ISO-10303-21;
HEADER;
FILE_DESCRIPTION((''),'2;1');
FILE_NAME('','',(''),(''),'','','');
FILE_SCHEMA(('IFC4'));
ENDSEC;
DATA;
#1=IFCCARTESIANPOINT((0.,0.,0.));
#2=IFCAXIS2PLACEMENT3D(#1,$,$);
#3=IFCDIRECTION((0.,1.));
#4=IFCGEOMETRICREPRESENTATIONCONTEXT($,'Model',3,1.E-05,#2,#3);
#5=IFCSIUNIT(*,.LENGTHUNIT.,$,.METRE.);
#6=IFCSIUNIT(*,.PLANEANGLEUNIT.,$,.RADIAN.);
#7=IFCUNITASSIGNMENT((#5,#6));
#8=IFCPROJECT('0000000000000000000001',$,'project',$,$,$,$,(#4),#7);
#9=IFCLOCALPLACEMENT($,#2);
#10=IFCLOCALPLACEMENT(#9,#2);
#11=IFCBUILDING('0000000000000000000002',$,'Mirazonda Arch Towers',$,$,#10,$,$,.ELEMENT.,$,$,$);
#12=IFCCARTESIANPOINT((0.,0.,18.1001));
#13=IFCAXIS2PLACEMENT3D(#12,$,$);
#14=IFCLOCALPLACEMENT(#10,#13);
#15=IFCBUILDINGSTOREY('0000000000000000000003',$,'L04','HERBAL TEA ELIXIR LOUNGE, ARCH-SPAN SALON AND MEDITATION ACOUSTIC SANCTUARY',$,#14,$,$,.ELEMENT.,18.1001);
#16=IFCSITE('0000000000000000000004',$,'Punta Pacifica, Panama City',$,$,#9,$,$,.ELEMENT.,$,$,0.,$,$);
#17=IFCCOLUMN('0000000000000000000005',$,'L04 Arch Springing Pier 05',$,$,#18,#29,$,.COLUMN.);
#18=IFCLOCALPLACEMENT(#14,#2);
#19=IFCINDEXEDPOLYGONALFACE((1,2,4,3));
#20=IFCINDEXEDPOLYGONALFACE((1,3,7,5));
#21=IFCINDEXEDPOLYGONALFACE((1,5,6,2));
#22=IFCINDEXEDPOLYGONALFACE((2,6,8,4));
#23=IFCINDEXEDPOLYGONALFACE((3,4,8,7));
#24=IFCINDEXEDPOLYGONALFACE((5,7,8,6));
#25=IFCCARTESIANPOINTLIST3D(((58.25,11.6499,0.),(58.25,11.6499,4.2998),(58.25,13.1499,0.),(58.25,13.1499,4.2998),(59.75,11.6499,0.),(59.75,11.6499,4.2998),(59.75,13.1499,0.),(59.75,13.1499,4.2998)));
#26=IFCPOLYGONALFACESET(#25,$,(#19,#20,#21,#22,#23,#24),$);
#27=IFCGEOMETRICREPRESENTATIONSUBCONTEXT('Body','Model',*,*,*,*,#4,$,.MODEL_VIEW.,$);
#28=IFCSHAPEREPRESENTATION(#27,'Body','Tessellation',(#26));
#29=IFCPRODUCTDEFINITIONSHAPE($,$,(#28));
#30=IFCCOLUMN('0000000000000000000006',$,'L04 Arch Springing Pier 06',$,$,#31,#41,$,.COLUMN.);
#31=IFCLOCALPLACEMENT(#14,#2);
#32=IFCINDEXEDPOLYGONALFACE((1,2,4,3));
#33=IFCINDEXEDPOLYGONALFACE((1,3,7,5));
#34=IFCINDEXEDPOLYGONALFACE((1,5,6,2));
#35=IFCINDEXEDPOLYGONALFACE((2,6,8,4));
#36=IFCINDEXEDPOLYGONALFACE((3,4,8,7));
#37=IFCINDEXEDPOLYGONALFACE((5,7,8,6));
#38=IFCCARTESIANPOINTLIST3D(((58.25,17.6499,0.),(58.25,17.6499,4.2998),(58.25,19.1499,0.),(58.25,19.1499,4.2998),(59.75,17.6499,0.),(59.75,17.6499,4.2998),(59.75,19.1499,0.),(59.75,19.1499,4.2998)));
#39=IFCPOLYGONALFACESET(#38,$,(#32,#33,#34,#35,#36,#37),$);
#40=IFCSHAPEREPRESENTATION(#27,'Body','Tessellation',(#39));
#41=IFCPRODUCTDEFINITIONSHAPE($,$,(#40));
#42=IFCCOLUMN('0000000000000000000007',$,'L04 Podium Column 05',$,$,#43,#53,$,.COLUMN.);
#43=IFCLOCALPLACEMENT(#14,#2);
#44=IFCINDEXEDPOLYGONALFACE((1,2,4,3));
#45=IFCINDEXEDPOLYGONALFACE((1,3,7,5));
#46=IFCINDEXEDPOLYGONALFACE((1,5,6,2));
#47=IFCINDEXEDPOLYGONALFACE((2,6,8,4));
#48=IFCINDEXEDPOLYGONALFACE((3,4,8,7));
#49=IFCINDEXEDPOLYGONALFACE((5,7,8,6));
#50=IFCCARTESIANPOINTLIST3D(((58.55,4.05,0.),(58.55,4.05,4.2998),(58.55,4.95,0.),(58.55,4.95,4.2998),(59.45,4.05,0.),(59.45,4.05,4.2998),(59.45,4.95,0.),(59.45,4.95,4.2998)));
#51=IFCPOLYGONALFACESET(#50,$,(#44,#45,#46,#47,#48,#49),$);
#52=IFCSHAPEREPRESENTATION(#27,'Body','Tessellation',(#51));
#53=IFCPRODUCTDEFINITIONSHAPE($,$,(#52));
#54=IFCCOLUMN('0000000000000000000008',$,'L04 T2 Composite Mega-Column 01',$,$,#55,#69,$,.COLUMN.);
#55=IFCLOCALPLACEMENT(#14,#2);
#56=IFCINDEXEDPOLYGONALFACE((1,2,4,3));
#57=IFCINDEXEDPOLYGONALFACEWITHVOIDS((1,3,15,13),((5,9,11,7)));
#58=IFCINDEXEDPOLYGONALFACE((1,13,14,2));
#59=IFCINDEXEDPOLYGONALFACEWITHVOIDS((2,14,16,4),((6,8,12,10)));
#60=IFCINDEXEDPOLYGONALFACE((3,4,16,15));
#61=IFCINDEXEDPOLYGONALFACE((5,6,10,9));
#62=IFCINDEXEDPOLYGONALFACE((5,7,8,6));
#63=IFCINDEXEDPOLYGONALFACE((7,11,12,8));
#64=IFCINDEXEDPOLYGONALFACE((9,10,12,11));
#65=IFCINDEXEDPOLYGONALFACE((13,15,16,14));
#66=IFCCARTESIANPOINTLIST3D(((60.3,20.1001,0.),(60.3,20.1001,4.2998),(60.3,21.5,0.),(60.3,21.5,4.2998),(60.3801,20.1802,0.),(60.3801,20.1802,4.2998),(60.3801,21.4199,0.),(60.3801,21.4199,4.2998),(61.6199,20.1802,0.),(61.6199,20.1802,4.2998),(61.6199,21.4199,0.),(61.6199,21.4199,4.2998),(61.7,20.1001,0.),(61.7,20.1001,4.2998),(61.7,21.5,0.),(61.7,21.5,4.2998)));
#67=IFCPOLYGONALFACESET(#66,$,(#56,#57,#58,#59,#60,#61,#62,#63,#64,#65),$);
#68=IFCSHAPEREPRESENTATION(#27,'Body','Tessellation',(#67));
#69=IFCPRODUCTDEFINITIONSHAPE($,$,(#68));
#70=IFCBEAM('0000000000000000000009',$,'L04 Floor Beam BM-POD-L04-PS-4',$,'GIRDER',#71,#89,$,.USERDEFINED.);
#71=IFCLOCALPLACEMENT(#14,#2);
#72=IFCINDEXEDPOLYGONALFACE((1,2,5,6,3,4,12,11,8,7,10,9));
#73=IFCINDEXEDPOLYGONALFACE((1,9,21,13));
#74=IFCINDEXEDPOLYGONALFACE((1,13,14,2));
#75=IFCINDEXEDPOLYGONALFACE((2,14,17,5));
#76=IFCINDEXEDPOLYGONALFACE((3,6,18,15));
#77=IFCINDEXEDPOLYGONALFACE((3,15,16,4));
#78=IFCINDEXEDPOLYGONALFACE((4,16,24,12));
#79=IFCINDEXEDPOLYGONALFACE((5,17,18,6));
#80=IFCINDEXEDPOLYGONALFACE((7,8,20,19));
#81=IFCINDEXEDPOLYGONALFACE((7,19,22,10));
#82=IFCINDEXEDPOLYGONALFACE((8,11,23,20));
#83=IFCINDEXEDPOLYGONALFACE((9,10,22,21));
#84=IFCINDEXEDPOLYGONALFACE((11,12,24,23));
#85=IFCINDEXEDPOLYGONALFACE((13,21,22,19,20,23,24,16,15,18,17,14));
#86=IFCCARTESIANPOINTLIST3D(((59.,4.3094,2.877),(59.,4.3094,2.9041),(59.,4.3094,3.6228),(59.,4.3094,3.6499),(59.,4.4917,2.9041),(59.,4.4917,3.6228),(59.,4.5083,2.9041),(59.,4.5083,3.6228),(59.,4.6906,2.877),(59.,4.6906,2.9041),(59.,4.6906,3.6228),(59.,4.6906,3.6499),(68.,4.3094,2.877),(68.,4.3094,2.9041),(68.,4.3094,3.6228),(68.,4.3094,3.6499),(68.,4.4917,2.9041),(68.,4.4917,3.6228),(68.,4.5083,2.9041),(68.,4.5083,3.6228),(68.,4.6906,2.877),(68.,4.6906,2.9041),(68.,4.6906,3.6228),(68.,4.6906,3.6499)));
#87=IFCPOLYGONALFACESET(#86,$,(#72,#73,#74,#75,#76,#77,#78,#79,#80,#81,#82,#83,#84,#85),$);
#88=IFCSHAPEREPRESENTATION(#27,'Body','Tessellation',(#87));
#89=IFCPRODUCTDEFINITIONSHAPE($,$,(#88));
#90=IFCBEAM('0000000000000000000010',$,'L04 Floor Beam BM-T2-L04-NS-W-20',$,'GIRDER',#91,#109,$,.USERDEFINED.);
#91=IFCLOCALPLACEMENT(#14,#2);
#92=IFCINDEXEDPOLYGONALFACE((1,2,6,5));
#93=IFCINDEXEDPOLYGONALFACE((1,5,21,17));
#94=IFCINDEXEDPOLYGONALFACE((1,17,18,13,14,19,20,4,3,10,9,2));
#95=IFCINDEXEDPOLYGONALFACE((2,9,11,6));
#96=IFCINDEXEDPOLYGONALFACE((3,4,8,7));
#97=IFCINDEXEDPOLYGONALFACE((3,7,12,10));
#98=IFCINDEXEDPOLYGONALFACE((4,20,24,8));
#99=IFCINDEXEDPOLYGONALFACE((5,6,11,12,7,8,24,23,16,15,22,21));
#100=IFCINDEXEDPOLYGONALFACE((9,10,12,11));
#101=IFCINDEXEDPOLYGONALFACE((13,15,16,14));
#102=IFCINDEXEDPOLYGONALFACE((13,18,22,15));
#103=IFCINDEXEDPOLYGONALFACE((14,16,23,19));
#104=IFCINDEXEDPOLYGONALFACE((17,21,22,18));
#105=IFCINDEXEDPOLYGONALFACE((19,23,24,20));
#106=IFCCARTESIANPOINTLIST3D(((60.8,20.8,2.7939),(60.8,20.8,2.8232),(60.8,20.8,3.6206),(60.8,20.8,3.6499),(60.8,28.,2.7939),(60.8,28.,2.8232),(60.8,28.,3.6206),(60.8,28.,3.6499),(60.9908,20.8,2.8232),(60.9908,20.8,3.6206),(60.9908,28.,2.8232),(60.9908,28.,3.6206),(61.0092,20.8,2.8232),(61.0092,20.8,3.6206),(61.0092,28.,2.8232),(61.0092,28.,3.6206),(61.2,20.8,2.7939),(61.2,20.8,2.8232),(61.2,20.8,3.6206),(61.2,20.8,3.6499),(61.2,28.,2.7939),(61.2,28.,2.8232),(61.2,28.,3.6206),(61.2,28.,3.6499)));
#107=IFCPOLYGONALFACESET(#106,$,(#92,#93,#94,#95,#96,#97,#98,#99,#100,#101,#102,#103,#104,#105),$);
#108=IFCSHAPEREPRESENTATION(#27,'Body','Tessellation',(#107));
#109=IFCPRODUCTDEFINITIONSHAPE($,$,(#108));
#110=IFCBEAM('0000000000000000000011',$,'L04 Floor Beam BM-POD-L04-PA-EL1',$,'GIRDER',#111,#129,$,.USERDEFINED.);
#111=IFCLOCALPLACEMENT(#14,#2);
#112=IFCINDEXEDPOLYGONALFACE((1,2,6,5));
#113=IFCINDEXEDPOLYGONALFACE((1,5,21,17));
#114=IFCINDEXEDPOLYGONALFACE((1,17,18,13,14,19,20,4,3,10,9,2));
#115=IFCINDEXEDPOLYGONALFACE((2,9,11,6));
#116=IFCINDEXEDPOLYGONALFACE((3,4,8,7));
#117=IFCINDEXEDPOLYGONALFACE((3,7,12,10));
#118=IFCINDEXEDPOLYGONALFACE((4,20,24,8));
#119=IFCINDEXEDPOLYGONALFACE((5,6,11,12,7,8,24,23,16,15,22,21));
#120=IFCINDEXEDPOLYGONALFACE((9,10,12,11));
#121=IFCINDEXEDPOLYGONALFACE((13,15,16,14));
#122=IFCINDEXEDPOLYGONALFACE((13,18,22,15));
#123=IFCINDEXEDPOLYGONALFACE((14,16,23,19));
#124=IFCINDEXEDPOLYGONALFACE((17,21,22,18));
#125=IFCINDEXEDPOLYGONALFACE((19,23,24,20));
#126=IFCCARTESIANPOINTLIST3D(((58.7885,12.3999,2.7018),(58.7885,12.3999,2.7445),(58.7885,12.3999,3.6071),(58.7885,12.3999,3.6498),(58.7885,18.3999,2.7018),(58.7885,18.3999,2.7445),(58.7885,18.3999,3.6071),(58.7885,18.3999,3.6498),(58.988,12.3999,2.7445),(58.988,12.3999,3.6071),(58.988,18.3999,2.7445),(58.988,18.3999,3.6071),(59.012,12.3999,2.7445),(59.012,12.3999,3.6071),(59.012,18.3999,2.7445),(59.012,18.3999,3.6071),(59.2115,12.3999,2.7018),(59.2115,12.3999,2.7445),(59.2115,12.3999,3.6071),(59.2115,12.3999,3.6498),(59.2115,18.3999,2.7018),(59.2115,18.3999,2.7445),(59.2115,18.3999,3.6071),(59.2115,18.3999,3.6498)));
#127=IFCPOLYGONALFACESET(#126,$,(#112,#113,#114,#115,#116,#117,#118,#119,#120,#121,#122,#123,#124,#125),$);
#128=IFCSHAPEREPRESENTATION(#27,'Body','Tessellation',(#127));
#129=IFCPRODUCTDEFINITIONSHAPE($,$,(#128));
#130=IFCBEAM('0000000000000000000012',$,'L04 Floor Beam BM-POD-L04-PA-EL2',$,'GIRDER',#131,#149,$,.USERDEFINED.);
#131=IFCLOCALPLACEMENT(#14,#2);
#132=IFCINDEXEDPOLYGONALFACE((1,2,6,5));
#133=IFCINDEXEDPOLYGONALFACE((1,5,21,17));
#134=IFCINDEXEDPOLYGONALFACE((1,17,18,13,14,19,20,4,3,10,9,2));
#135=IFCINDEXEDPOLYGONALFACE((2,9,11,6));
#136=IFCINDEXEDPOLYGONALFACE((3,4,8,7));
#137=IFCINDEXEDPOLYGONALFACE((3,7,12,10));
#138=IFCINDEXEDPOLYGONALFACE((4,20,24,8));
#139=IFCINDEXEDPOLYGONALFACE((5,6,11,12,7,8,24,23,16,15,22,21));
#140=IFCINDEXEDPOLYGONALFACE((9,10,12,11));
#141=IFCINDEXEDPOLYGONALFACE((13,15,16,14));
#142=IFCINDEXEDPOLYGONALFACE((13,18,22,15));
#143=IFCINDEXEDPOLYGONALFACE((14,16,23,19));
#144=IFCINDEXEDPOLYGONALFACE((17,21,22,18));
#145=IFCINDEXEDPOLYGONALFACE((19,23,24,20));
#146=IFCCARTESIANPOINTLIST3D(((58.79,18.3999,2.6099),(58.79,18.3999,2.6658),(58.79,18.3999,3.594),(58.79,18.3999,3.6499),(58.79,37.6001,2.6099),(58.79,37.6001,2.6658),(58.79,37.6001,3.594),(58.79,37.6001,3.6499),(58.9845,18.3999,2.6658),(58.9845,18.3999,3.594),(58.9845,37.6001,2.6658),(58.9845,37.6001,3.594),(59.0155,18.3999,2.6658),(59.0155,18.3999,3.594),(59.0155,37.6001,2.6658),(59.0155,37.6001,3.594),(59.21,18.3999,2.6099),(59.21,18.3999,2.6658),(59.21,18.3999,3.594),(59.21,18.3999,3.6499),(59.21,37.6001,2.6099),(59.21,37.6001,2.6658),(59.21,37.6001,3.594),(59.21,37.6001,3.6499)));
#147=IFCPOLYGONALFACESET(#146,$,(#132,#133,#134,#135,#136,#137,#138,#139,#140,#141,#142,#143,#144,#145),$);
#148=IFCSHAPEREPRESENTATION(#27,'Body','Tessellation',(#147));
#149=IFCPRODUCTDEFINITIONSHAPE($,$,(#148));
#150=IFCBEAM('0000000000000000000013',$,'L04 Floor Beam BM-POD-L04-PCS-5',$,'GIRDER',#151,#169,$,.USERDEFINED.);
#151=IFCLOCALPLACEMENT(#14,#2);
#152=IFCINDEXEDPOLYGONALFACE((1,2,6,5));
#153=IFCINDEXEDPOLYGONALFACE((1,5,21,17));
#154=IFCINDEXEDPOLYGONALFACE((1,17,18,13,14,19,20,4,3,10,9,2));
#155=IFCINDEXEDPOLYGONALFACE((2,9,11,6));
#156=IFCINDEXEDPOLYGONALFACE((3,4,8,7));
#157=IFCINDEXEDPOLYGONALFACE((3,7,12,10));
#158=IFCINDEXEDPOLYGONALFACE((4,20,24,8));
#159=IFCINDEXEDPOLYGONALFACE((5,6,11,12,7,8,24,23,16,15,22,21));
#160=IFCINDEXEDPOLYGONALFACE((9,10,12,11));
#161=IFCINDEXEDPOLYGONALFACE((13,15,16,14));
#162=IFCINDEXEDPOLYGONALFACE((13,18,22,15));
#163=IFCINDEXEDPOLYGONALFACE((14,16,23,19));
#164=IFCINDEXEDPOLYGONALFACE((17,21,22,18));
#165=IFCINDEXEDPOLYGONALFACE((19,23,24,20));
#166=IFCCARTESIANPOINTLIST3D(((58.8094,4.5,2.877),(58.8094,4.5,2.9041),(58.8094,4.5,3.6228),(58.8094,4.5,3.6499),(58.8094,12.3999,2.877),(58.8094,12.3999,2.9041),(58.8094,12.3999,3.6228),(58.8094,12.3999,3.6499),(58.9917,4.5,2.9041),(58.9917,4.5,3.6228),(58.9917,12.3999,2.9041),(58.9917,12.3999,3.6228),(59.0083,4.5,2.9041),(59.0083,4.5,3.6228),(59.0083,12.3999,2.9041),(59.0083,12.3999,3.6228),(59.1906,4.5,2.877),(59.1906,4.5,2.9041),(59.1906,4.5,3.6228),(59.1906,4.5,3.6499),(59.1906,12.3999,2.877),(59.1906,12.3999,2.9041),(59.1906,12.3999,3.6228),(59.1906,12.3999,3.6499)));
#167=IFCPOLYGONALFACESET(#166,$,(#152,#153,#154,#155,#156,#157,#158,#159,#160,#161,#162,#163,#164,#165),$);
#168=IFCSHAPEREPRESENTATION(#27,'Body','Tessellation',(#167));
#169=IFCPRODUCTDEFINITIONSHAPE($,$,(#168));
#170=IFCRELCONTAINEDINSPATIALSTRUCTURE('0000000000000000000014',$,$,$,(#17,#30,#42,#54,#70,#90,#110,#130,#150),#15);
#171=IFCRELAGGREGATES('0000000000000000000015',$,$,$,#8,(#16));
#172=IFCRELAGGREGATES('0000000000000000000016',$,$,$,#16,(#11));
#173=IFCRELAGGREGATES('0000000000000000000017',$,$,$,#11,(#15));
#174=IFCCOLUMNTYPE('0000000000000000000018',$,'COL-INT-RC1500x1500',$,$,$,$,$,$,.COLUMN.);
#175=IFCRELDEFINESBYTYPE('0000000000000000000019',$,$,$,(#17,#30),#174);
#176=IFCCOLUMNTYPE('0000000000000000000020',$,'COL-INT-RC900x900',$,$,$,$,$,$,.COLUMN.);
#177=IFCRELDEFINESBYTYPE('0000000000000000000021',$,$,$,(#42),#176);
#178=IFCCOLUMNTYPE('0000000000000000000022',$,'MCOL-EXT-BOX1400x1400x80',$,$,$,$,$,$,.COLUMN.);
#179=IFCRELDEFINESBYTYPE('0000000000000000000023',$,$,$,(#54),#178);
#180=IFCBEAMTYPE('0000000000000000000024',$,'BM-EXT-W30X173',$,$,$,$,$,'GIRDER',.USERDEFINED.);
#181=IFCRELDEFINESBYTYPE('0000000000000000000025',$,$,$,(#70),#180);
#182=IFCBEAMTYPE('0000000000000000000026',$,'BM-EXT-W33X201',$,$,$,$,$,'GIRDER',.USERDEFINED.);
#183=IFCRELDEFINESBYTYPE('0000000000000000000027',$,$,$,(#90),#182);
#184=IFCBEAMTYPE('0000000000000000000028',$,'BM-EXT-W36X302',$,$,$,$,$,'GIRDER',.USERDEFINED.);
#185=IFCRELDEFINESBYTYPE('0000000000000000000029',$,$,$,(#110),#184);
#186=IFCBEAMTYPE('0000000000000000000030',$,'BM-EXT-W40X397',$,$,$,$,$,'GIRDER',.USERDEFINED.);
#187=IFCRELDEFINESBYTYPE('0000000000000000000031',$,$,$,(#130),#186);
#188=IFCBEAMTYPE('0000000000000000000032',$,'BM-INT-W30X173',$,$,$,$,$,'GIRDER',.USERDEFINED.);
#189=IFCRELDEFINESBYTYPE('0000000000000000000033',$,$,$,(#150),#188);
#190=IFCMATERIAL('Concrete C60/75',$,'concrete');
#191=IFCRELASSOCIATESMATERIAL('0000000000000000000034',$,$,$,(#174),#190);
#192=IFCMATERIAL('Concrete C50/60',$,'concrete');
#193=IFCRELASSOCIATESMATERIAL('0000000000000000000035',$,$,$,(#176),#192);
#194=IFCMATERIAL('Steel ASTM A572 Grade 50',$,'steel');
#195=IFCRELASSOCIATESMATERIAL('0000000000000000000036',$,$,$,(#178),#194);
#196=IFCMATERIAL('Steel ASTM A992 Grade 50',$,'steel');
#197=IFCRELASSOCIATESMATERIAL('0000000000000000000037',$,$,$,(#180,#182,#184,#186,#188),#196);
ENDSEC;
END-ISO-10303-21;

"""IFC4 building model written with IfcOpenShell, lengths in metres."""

from ifc_helpers import new_model, si_unit, direction, frame, origin, origin_2d, place, context, subcontext, project, spatial, rectangle, hollow_rectangle, i_section, extrude, material, material_profile, profile_set, type_object, element, save


model = new_model("IFC4")

# Units and contexts
model_context = context("Model", 3, precision=1e-05, world=origin(), true_north=direction((0.0, 1.0)))
body_context = subcontext(model_context, "Body", "Model", "MODEL_VIEW")
ifc_project = project(units=[si_unit("LENGTHUNIT", "METRE"), si_unit("PLANEANGLEUNIT", "RADIAN")], contexts=[model_context])

# Site, building, storey
site_placement = place(None, origin())
site = spatial("IfcSite", under=ifc_project, at=site_placement, Name="Punta Pacifica, Panama City", CompositionType="ELEMENT", RefElevation=0.0)
building_placement = place(site_placement, origin())
building = spatial("IfcBuilding", under=site, at=building_placement, Name="Mirazonda Arch Towers", CompositionType="ELEMENT")
storey_placement = place(building_placement, frame((0.0, 0.0, 18.1001)))
storey = spatial("IfcBuildingStorey", under=building, at=storey_placement, Name="L04", Description="HERBAL TEA ELIXIR LOUNGE, ARCH-SPAN SALON AND MEDITATION ACOUSTIC SANCTUARY", CompositionType="ELEMENT", Elevation=18.1001)

# Columns
ifc_material_1 = material(Name="Concrete C60/75", Category="concrete")
ifc_material_profile_1 = material_profile(ifc_material_1, rectangle(XDim=1.5, YDim=1.5, at=origin_2d()), Name="RC1500x1500")
ifc_profile_set_1 = profile_set([ifc_material_profile_1], Name="Concrete C60/75")
column_type_1 = type_object("IfcColumnType", Name="COL-INT-RC1500x1500", PredefinedType="COLUMN", material=ifc_profile_set_1)
for number, where, z_axis, x_axis, name in (
    (1, (59.0, 12.3999, 0.0), (0.0, 0.0, 1.0), (1.0, 0.0, 0.0), "L04 Arch Springing Pier 05"),
    (2, (59.0, 18.3999, 0.0), (0.0, 0.0, 1.0), (1.0, 0.0, 0.0), "L04 Arch Springing Pier 06"),
):
    element("IfcColumn", number, at=place(storey_placement, frame(where, z_axis=z_axis, x_axis=x_axis)), inside=storey, type_object=column_type_1, Name=name, PredefinedType="COLUMN", context=body_context, shape_type="SweptSolid", body=[
        extrude(rectangle(XDim=1.5, YDim=1.5, at=origin_2d()), origin(), (0.0, 0.0, 1.0), 4.2998),
    ])
ifc_material_2 = material(Name="Concrete C50/60", Category="concrete")
ifc_material_profile_2 = material_profile(ifc_material_2, rectangle(XDim=0.8999, YDim=0.8999, at=origin_2d()), Name="RC900x900")
ifc_profile_set_2 = profile_set([ifc_material_profile_2], Name="Concrete C50/60")
column_type_2 = type_object("IfcColumnType", Name="COL-INT-RC900x900", PredefinedType="COLUMN", material=ifc_profile_set_2)
column_1_placement = place(storey_placement, frame((59.0, 4.5, 0.0), z_axis=(0.0, 0.0, 1.0), x_axis=(1.0, 0.0, 0.0)))
element("IfcColumn", 3, at=column_1_placement, inside=storey, type_object=column_type_2, Name="L04 Podium Column 05", PredefinedType="COLUMN", context=body_context, shape_type="SweptSolid", body=[
    extrude(rectangle(XDim=0.8999, YDim=0.8999, at=origin_2d()), origin(), (0.0, 0.0, 1.0), 4.2998),
])
ifc_material_3 = material(Name="Steel ASTM A572 Grade 50", Category="steel")
ifc_material_profile_3 = material_profile(ifc_material_3, hollow_rectangle(XDim=1.3999, YDim=1.3999, WallThickness=0.0801, at=origin_2d()), Name="BOX1400x1400x80")
ifc_profile_set_3 = profile_set([ifc_material_profile_3], Name="Steel ASTM A572 Grade 50")
column_type_3 = type_object("IfcColumnType", Name="MCOL-EXT-BOX1400x1400x80", PredefinedType="COLUMN", material=ifc_profile_set_3)
column_2_placement = place(storey_placement, frame((61.0, 20.8, 0.0), z_axis=(0.0, 0.0, 1.0), x_axis=(1.0, 0.0, 0.0)))
element("IfcColumn", 4, at=column_2_placement, inside=storey, type_object=column_type_3, Name="L04 T2 Composite Mega-Column 01", PredefinedType="COLUMN", context=body_context, shape_type="SweptSolid", body=[
    extrude(hollow_rectangle(XDim=1.3999, YDim=1.3999, WallThickness=0.0801, at=origin_2d()), origin(), (0.0, 0.0, 1.0), 4.2998),
])

# Beams
ifc_material_4 = material(Name="Steel ASTM A992 Grade 50", Category="steel")
ifc_material_profile_4 = material_profile(ifc_material_4, i_section(OverallWidth=0.3811, OverallDepth=0.7729, WebThickness=0.0166, FlangeThickness=0.0271, at=origin_2d()), Name="W30X173")
ifc_profile_set_4 = profile_set([ifc_material_profile_4], Name="Steel ASTM A992 Grade 50")
beam_type_1 = type_object("IfcBeamType", Name="BM-EXT-W30X173", ElementType="GIRDER", PredefinedType="USERDEFINED", material=ifc_profile_set_4)
beam_1_placement = place(storey_placement, frame((59.0, 4.5, 3.2634), z_axis=(1.0, 0.0, 0.0), x_axis=(0.0, 1.0, 0.0)))
element("IfcBeam", 5, at=beam_1_placement, inside=storey, type_object=beam_type_1, Name="L04 Floor Beam BM-POD-L04-PS-4", ObjectType="GIRDER", PredefinedType="USERDEFINED", context=body_context, shape_type="SweptSolid", body=[
    extrude(i_section(OverallWidth=0.3811, OverallDepth=0.7729, WebThickness=0.0166, FlangeThickness=0.0271, at=origin_2d()), origin(), (0.0, 0.0, 1.0), 9.0),
])
ifc_material_profile_5 = material_profile(ifc_material_4, i_section(OverallWidth=0.3999, OverallDepth=0.856, WebThickness=0.0183, FlangeThickness=0.0293, at=origin_2d()), Name="W33X201")
ifc_profile_set_5 = profile_set([ifc_material_profile_5], Name="Steel ASTM A992 Grade 50")
beam_type_2 = type_object("IfcBeamType", Name="BM-EXT-W33X201", ElementType="GIRDER", PredefinedType="USERDEFINED", material=ifc_profile_set_5)
beam_2_placement = place(storey_placement, frame((61.0, 20.8, 3.2219), z_axis=(0.0, 1.0, 0.0), x_axis=(-1.0, 0.0, 0.0)))
element("IfcBeam", 6, at=beam_2_placement, inside=storey, type_object=beam_type_2, Name="L04 Floor Beam BM-T2-L04-NS-W-20", ObjectType="GIRDER", PredefinedType="USERDEFINED", context=body_context, shape_type="SweptSolid", body=[
    extrude(i_section(OverallWidth=0.3999, OverallDepth=0.856, WebThickness=0.0183, FlangeThickness=0.0293, at=origin_2d()), origin(), (0.0, 0.0, 1.0), 7.2),
])
ifc_material_profile_6 = material_profile(ifc_material_4, i_section(OverallWidth=0.4231, OverallDepth=0.948, WebThickness=0.0239, FlangeThickness=0.0427, at=origin_2d()), Name="W36X302")
ifc_profile_set_6 = profile_set([ifc_material_profile_6], Name="Steel ASTM A992 Grade 50")
beam_type_3 = type_object("IfcBeamType", Name="BM-EXT-W36X302", ElementType="GIRDER", PredefinedType="USERDEFINED", material=ifc_profile_set_6)
beam_3_placement = place(storey_placement, frame((59.0, 12.3999, 3.1758), z_axis=(0.0, 1.0, 0.0), x_axis=(-1.0, 0.0, 0.0)))
element("IfcBeam", 7, at=beam_3_placement, inside=storey, type_object=beam_type_3, Name="L04 Floor Beam BM-POD-L04-PA-EL1", ObjectType="GIRDER", PredefinedType="USERDEFINED", context=body_context, shape_type="SweptSolid", body=[
    extrude(i_section(OverallWidth=0.4231, OverallDepth=0.948, WebThickness=0.0239, FlangeThickness=0.0427, at=origin_2d()), origin(), (0.0, 0.0, 1.0), 6.0),
])
ifc_material_profile_7 = material_profile(ifc_material_4, i_section(OverallWidth=0.4199, OverallDepth=1.04, WebThickness=0.031, FlangeThickness=0.0559, at=origin_2d()), Name="W40X397")
ifc_profile_set_7 = profile_set([ifc_material_profile_7], Name="Steel ASTM A992 Grade 50")
beam_type_4 = type_object("IfcBeamType", Name="BM-EXT-W40X397", ElementType="GIRDER", PredefinedType="USERDEFINED", material=ifc_profile_set_7)
beam_4_placement = place(storey_placement, frame((59.0, 18.3999, 3.1299), z_axis=(0.0, 1.0, 0.0), x_axis=(-1.0, 0.0, 0.0)))
element("IfcBeam", 8, at=beam_4_placement, inside=storey, type_object=beam_type_4, Name="L04 Floor Beam BM-POD-L04-PA-EL2", ObjectType="GIRDER", PredefinedType="USERDEFINED", context=body_context, shape_type="SweptSolid", body=[
    extrude(i_section(OverallWidth=0.4199, OverallDepth=1.04, WebThickness=0.031, FlangeThickness=0.0559, at=origin_2d()), origin(), (0.0, 0.0, 1.0), 19.2002),
])
ifc_material_profile_8 = material_profile(ifc_material_4, i_section(OverallWidth=0.3811, OverallDepth=0.7729, WebThickness=0.0166, FlangeThickness=0.0271, at=origin_2d()), Name="W30X173")
ifc_profile_set_8 = profile_set([ifc_material_profile_8], Name="Steel ASTM A992 Grade 50")
beam_type_5 = type_object("IfcBeamType", Name="BM-INT-W30X173", ElementType="GIRDER", PredefinedType="USERDEFINED", material=ifc_profile_set_8)
beam_5_placement = place(storey_placement, frame((59.0, 4.5, 3.2634), z_axis=(0.0, 1.0, 0.0), x_axis=(-1.0, 0.0, 0.0)))
element("IfcBeam", 9, at=beam_5_placement, inside=storey, type_object=beam_type_5, Name="L04 Floor Beam BM-POD-L04-PCS-5", ObjectType="GIRDER", PredefinedType="USERDEFINED", context=body_context, shape_type="SweptSolid", body=[
    extrude(i_section(OverallWidth=0.3811, OverallDepth=0.7729, WebThickness=0.0166, FlangeThickness=0.0271, at=origin_2d()), origin(), (0.0, 0.0, 1.0), 7.8999),
])

save(model, "model.ifc")
